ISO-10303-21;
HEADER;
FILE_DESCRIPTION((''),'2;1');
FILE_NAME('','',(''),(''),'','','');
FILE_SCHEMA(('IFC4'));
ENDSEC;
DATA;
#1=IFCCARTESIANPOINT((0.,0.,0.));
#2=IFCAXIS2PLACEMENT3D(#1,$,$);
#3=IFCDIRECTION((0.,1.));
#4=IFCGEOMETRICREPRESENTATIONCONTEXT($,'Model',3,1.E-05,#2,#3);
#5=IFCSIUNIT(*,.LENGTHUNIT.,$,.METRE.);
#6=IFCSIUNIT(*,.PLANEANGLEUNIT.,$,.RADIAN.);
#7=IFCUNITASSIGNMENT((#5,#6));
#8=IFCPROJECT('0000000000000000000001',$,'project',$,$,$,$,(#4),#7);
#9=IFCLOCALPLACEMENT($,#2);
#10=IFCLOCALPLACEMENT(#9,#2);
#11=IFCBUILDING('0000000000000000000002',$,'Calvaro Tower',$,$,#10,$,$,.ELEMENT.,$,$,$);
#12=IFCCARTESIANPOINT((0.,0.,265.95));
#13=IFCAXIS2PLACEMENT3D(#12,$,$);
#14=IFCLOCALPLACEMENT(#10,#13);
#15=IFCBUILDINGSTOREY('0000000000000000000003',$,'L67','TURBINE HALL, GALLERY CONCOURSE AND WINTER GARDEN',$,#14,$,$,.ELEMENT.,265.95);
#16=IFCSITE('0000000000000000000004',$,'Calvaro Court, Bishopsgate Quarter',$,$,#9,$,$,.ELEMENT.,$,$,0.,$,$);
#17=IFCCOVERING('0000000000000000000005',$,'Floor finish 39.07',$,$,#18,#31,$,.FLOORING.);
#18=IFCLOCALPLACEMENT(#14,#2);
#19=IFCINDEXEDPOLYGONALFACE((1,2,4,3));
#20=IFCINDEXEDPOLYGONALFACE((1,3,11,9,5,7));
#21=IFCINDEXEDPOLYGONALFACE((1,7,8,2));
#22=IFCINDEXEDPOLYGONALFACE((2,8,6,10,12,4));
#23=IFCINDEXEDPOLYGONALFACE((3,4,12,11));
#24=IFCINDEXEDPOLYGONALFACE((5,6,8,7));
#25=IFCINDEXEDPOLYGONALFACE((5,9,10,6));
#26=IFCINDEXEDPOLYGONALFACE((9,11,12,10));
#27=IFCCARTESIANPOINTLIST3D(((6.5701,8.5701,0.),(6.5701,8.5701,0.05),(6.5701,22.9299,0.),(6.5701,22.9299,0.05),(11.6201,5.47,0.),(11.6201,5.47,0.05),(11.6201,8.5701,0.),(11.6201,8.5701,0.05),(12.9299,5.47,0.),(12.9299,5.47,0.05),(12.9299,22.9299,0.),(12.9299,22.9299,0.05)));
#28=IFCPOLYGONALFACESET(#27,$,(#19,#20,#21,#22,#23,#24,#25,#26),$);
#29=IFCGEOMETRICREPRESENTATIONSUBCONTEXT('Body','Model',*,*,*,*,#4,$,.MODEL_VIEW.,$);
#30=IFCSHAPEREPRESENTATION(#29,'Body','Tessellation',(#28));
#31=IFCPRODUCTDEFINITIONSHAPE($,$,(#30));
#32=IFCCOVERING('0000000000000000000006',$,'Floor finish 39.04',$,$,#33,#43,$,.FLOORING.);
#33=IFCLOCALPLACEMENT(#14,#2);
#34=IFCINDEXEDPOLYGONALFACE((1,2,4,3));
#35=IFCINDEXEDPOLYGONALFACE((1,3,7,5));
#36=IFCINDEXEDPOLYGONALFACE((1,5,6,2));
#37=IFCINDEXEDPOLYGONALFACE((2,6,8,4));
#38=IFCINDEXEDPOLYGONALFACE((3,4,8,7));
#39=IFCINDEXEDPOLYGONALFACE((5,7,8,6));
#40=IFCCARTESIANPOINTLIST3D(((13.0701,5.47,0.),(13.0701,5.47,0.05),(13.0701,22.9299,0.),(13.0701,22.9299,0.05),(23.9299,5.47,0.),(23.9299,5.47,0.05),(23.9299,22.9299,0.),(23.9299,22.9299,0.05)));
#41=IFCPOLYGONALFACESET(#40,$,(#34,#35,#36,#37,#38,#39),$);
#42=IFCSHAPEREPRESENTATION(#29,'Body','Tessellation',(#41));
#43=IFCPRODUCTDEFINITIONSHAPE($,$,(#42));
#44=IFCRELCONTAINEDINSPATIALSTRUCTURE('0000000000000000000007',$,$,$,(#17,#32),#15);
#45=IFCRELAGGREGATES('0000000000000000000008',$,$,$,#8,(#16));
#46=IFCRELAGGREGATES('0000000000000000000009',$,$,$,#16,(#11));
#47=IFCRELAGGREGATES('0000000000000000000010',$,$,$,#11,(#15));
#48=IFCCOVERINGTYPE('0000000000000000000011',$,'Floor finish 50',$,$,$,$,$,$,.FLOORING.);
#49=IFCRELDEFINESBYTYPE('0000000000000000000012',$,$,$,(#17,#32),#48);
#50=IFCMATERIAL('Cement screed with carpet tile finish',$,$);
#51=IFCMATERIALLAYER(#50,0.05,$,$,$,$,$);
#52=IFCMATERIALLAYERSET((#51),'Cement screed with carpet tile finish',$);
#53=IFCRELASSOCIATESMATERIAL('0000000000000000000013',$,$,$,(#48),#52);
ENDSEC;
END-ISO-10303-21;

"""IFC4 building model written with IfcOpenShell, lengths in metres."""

from ifc_helpers import new_model, si_unit, direction, frame, origin, place, context, subcontext, project, spatial, polyline, outline, extrude, material, layer, layer_set, type_object, element, save


model = new_model("IFC4")

# Units and contexts
model_context = context("Model", 3, precision=1e-05, world=origin(), true_north=direction((0.0, 1.0)))
body_context = subcontext(model_context, "Body", "Model", "MODEL_VIEW")
ifc_project = project(units=[si_unit("LENGTHUNIT", "METRE"), si_unit("PLANEANGLEUNIT", "RADIAN")], contexts=[model_context])

# Site, building, storey
site_placement = place(None, origin())
site = spatial("IfcSite", under=ifc_project, at=site_placement, Name="Calvaro Court, Bishopsgate Quarter", CompositionType="ELEMENT", RefElevation=0.0)
building_placement = place(site_placement, origin())
building = spatial("IfcBuilding", under=site, at=building_placement, Name="Calvaro Tower", CompositionType="ELEMENT")
storey_placement = place(building_placement, frame((0.0, 0.0, 265.95)))
storey = spatial("IfcBuildingStorey", under=building, at=storey_placement, Name="L67", Description="TURBINE HALL, GALLERY CONCOURSE AND WINTER GARDEN", CompositionType="ELEMENT", Elevation=265.95)

# Coverings
ifc_material_1 = material(Name="Cement screed with carpet tile finish")
ifc_layer_1 = layer(ifc_material_1, 0.05)
ifc_layer_set_1 = layer_set([ifc_layer_1], Name="Cement screed with carpet tile finish")
covering_type = type_object("IfcCoveringType", Name="Floor finish 50", PredefinedType="FLOORING", material=ifc_layer_set_1)
covering_1_placement = place(storey_placement, origin())
element("IfcCovering", 1, at=covering_1_placement, inside=storey, type_object=covering_type, Name="Floor finish 39.07", PredefinedType="FLOORING", context=body_context, shape_type="SweptSolid", body=[
    extrude(outline(polyline([(12.9299, 5.47), (11.6201, 5.47), (11.6201, 8.5701), (6.5701, 8.5701), (6.5701, 22.9299), (12.9299, 22.9299), (12.9299, 5.47)])), origin(), (0.0, 0.0, 1.0), 0.05),
])
covering_2_placement = place(storey_placement, origin())
element("IfcCovering", 2, at=covering_2_placement, inside=storey, type_object=covering_type, Name="Floor finish 39.04", PredefinedType="FLOORING", context=body_context, shape_type="SweptSolid", body=[
    extrude(outline(polyline([(23.9299, 22.9299), (23.9299, 5.47), (13.0701, 5.47), (13.0701, 22.9299), (23.9299, 22.9299)])), origin(), (0.0, 0.0, 1.0), 0.05),
])

save(model, "model.ifc")
